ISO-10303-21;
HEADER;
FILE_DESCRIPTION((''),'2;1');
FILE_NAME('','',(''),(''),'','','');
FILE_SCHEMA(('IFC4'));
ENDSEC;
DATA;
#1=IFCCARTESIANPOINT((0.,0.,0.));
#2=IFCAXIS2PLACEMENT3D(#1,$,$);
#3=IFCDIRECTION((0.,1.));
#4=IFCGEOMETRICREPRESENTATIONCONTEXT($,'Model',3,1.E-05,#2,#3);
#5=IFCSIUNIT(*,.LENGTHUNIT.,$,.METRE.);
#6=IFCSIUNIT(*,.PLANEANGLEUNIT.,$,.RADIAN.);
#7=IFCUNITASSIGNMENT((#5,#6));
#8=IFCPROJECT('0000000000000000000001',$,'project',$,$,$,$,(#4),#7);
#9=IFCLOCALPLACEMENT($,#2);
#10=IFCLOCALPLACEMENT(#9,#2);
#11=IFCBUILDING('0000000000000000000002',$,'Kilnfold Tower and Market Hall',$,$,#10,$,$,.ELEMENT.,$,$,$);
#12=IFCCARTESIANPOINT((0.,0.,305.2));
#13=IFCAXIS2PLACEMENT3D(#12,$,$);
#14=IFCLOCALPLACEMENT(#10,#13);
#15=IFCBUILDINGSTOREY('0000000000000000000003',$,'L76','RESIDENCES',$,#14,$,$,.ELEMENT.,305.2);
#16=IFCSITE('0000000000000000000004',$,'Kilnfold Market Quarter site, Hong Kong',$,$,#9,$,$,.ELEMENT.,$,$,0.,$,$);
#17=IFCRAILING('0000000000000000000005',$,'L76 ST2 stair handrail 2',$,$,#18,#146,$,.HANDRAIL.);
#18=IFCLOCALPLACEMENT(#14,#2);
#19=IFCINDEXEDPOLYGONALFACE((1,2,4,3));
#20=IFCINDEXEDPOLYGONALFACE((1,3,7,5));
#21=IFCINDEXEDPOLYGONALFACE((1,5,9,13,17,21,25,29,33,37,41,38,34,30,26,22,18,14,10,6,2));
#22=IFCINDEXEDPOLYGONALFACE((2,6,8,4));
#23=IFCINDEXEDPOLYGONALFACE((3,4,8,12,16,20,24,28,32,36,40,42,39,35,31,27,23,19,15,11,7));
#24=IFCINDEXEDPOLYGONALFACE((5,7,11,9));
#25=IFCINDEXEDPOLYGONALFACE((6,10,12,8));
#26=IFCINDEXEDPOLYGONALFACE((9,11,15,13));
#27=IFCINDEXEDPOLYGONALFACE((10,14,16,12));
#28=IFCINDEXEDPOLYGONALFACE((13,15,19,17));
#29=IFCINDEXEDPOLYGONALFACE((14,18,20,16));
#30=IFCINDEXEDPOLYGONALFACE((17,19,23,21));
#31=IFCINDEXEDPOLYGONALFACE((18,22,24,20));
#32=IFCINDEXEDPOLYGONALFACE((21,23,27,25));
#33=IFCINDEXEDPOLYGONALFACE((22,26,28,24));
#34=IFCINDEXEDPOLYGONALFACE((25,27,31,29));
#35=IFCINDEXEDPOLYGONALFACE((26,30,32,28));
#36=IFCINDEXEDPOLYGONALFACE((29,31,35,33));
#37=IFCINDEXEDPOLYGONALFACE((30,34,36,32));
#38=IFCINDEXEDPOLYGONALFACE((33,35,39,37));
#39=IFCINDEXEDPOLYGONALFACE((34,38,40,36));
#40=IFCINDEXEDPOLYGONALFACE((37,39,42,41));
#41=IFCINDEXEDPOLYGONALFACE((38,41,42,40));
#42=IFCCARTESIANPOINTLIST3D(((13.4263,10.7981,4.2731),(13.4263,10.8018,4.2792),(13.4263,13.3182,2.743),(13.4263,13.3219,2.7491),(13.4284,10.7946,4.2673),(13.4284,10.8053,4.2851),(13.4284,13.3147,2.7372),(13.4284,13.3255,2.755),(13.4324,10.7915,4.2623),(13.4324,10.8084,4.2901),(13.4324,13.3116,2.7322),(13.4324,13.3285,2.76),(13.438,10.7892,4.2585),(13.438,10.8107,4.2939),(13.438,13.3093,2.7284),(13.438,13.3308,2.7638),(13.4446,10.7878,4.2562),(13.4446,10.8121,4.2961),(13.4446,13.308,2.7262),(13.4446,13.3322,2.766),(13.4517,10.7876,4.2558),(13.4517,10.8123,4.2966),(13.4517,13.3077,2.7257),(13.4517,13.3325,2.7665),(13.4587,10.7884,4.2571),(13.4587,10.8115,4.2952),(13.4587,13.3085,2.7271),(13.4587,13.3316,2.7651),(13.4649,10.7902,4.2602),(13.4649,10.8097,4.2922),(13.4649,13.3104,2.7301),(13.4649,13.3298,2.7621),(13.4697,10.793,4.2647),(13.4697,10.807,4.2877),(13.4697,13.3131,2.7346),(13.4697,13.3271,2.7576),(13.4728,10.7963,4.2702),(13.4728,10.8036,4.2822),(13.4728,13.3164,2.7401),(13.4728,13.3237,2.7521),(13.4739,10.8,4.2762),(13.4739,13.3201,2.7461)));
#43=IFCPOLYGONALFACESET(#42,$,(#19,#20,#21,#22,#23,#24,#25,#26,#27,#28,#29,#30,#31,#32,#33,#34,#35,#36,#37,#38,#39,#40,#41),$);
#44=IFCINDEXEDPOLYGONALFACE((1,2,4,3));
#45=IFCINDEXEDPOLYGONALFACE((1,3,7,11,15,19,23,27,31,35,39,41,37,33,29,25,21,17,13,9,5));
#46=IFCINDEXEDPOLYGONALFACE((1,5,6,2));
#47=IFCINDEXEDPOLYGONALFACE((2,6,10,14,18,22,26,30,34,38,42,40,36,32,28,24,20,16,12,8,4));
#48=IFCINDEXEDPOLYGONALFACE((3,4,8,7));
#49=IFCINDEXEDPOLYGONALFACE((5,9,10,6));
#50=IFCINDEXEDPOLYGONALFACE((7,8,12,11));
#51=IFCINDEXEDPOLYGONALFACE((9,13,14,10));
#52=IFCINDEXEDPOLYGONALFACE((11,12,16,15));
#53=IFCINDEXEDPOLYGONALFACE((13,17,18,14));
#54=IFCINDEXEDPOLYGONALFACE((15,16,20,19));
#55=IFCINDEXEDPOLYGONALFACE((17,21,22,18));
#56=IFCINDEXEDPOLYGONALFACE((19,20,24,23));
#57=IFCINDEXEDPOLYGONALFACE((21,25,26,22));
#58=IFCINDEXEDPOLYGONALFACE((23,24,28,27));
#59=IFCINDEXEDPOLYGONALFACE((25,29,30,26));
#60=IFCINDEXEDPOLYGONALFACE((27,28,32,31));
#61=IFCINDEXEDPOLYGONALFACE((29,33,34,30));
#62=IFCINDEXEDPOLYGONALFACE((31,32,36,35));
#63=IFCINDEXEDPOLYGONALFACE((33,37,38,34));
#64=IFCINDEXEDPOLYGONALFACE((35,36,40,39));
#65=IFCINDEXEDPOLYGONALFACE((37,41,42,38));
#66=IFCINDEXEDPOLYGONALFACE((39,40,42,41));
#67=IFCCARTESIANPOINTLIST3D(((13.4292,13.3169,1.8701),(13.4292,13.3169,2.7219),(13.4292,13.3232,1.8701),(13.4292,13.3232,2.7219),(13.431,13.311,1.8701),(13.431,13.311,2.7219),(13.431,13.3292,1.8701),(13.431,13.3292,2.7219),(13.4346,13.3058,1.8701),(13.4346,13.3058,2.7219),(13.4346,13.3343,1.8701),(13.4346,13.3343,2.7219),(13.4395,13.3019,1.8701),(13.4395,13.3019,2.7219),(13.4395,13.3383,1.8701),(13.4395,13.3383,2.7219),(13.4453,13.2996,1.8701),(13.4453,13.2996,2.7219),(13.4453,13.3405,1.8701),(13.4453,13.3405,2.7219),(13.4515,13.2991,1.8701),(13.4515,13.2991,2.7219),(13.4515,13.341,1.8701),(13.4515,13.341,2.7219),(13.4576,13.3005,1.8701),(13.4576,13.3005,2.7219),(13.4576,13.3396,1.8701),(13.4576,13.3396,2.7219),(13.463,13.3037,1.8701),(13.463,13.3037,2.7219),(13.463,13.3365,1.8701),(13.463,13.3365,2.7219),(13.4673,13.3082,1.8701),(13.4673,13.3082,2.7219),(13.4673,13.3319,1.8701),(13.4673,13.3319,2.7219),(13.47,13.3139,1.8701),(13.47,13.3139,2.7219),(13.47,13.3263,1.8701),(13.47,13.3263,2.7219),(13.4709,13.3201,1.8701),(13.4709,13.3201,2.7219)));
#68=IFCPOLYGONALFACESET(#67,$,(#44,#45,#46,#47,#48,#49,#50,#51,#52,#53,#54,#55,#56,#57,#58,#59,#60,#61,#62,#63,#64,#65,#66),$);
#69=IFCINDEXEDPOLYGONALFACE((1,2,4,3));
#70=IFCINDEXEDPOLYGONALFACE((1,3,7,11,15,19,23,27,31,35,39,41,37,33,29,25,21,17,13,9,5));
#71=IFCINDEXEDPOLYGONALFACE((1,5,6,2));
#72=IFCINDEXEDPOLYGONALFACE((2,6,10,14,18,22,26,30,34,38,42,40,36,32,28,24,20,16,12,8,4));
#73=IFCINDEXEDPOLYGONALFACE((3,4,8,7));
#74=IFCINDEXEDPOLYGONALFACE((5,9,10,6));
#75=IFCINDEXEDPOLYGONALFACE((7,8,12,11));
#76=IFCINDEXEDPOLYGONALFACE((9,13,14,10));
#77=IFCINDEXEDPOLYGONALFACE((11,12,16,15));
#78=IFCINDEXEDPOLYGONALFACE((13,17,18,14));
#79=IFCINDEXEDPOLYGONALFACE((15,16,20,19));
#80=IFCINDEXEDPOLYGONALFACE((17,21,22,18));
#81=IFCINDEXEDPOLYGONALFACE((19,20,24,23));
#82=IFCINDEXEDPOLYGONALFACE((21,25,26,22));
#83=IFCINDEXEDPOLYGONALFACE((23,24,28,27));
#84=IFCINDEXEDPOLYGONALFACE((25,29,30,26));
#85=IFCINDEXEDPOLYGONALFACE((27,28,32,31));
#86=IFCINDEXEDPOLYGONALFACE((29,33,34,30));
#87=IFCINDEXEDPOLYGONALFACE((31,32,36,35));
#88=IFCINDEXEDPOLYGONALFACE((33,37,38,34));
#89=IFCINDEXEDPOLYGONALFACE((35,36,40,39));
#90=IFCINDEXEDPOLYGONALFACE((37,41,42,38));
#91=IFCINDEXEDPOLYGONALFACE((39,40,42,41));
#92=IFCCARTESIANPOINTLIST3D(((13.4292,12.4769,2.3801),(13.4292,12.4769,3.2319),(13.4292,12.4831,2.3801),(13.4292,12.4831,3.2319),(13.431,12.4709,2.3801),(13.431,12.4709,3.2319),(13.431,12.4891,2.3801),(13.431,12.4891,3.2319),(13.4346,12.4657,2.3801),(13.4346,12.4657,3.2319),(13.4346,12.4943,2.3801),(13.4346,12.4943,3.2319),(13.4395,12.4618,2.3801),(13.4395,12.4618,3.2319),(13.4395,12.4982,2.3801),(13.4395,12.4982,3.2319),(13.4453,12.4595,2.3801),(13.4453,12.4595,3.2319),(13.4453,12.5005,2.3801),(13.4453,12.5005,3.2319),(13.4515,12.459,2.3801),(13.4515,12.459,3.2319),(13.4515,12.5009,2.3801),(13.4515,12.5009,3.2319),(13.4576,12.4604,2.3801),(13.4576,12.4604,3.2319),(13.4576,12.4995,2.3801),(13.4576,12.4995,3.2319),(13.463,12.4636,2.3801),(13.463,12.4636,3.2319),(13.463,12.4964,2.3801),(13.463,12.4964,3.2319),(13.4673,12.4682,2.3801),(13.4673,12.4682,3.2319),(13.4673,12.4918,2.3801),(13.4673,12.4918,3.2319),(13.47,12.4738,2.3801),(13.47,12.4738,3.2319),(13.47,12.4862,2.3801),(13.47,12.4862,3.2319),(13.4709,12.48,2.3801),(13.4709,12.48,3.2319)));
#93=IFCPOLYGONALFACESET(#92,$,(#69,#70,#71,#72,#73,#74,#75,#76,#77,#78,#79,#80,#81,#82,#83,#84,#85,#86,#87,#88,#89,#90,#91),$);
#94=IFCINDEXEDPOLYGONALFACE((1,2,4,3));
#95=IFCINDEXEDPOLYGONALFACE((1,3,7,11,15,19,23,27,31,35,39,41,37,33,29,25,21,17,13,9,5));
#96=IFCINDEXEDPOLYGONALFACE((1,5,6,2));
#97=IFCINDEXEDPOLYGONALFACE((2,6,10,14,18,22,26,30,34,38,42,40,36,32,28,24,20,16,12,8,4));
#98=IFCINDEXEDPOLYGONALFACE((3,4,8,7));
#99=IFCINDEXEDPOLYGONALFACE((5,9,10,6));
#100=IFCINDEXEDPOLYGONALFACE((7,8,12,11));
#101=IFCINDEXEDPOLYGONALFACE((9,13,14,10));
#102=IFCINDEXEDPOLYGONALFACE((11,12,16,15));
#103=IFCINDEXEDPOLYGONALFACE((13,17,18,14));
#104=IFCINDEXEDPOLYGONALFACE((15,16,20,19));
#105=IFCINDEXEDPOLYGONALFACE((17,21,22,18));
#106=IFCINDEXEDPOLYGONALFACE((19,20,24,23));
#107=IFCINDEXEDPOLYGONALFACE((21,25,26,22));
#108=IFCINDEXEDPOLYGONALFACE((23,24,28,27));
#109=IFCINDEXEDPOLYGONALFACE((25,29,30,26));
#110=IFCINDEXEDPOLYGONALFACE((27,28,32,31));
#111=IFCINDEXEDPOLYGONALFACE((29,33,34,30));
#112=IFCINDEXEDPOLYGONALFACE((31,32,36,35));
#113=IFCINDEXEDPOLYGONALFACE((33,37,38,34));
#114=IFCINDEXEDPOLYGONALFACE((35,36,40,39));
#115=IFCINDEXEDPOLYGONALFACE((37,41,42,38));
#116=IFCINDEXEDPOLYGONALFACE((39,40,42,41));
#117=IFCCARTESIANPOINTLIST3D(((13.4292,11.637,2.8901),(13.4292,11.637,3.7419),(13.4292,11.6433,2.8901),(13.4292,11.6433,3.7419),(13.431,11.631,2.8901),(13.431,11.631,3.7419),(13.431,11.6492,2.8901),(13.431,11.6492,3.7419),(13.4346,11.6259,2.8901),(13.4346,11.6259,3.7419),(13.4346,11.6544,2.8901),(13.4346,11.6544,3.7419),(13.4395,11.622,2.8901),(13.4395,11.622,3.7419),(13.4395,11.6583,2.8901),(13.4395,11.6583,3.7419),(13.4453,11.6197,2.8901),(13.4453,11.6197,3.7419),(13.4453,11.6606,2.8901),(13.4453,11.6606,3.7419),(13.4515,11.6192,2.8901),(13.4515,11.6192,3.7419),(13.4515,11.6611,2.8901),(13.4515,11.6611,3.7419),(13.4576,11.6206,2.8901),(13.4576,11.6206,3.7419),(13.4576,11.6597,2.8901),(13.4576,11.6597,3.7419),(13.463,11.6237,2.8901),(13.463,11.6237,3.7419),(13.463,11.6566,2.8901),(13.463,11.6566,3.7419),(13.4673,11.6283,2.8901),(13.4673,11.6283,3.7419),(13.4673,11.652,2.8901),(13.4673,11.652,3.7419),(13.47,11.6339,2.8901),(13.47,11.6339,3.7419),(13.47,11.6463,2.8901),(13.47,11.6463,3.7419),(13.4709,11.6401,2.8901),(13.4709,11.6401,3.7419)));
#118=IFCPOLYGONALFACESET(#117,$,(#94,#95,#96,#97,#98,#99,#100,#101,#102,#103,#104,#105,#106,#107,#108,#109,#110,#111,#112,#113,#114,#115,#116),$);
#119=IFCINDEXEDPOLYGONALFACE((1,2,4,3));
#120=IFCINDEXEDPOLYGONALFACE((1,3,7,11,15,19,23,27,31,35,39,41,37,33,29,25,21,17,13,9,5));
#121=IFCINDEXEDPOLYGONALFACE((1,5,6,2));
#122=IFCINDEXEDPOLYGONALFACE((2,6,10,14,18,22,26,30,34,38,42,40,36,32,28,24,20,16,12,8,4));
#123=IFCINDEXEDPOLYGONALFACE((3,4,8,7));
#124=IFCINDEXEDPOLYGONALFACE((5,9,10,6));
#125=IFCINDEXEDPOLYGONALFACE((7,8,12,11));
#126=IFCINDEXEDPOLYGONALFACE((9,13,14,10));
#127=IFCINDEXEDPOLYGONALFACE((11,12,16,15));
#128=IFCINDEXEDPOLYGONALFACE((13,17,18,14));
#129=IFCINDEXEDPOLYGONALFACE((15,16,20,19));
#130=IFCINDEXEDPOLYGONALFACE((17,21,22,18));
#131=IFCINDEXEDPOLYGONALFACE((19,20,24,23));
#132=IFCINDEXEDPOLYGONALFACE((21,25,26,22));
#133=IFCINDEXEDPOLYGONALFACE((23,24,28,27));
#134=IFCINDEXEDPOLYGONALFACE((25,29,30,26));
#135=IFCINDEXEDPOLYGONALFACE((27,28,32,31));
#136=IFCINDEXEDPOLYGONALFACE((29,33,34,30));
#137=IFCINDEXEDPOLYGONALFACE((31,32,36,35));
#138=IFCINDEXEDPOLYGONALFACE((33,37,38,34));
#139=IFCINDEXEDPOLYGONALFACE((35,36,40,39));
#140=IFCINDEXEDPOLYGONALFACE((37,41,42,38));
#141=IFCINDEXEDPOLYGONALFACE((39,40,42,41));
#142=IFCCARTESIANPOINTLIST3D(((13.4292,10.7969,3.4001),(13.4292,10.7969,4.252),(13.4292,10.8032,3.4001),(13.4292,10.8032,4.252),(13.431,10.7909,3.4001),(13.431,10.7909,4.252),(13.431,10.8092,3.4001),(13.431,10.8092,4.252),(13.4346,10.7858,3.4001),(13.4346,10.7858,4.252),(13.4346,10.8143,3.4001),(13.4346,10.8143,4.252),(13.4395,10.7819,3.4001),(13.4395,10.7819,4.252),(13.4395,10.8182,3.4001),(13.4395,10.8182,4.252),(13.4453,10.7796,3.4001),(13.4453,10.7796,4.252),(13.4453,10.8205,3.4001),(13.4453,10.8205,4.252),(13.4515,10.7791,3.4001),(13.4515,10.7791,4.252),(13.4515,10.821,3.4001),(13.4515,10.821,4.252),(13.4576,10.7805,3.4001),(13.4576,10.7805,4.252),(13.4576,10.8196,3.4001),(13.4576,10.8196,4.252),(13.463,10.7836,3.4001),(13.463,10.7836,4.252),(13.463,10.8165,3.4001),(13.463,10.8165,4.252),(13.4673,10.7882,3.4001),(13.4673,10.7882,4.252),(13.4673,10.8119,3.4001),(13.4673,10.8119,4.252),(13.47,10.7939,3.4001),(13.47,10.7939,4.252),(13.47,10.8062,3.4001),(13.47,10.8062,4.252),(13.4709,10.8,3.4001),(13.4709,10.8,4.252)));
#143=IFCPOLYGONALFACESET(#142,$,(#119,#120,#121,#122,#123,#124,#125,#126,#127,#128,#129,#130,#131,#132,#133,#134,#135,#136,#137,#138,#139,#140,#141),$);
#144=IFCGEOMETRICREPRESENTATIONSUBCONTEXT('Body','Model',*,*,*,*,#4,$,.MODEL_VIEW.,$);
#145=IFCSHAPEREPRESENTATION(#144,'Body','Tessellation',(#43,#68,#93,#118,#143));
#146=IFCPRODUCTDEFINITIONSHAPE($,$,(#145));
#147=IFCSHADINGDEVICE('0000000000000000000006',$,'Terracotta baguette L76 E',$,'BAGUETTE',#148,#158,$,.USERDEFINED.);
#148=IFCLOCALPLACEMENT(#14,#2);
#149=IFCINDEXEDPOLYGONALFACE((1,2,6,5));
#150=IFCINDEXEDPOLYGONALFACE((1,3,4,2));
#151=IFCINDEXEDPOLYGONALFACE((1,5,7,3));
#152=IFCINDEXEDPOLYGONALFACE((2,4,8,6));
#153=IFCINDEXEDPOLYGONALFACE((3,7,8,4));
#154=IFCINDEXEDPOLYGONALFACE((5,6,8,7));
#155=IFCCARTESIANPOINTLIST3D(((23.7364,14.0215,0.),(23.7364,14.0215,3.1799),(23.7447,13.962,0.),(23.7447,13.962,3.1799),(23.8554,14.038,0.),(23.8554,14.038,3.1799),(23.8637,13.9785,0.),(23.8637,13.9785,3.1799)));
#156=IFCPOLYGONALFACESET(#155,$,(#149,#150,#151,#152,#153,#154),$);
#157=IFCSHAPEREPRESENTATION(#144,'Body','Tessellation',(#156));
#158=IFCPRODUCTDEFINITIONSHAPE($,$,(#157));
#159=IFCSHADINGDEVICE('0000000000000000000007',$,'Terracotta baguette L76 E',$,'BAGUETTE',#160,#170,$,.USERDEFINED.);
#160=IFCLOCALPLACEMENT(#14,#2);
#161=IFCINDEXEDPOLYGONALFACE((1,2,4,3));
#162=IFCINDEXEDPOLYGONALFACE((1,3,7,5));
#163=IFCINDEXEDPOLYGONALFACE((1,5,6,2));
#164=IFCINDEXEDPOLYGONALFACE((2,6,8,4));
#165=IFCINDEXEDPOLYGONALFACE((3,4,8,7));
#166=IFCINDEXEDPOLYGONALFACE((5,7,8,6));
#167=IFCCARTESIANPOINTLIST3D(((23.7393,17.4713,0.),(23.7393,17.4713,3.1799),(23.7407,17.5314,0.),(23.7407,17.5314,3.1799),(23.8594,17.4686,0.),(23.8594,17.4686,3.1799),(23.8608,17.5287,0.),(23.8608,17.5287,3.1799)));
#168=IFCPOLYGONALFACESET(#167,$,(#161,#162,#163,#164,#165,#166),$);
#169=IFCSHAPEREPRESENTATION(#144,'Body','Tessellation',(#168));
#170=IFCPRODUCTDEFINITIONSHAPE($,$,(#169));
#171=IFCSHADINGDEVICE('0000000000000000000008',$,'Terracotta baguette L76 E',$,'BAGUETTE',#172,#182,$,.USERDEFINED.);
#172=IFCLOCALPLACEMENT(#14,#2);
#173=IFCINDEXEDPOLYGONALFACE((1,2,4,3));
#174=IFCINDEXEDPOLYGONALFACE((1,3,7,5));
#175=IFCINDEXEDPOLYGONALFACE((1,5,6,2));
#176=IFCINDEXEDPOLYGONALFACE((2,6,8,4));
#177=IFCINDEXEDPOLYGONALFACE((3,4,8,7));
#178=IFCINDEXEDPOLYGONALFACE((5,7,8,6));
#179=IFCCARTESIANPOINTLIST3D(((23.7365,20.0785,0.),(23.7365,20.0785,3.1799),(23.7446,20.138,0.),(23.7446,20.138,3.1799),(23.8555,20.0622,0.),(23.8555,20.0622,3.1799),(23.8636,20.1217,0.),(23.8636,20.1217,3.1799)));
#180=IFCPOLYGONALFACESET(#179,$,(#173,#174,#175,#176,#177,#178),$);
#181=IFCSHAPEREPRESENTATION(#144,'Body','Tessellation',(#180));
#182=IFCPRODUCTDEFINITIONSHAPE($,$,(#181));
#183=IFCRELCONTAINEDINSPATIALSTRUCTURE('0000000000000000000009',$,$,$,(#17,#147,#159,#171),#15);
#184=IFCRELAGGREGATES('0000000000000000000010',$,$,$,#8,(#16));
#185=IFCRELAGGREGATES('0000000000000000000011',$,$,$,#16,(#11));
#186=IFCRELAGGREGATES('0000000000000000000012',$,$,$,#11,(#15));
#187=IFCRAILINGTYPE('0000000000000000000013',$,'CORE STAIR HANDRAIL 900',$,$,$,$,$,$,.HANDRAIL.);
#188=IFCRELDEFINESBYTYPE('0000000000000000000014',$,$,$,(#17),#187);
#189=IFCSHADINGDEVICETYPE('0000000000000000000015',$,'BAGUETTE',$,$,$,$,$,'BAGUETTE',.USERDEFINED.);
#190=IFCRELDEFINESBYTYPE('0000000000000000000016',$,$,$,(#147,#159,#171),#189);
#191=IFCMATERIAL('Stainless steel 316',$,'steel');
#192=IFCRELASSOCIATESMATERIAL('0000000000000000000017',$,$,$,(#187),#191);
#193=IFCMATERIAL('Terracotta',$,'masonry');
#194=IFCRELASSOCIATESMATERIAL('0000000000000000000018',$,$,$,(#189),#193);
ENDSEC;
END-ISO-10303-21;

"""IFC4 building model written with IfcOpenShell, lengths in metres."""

from ifc_helpers import new_model, si_unit, direction, frame, origin, origin_2d, place, context, subcontext, project, spatial, rectangle, circle, extrude, source, transform, mapped, material, material_profile, profile_set, type_object, element, save


model = new_model("IFC4")

# Units and contexts
model_context = context("Model", 3, precision=1e-05, world=origin(), true_north=direction((0.0, 1.0)))
body_context = subcontext(model_context, "Body", "Model", "MODEL_VIEW")
ifc_project = project(units=[si_unit("LENGTHUNIT", "METRE"), si_unit("PLANEANGLEUNIT", "RADIAN")], contexts=[model_context])

# Site, building, storey
site_placement = place(None, origin())
site = spatial("IfcSite", under=ifc_project, at=site_placement, Name="Kilnfold Market Quarter site, Hong Kong", CompositionType="ELEMENT", RefElevation=0.0)
building_placement = place(site_placement, origin())
building = spatial("IfcBuilding", under=site, at=building_placement, Name="Kilnfold Tower and Market Hall", CompositionType="ELEMENT")
storey_placement = place(building_placement, frame((0.0, 0.0, 305.2)))
storey = spatial("IfcBuildingStorey", under=building, at=storey_placement, Name="L76", Description="RESIDENCES", CompositionType="ELEMENT", Elevation=305.2)

# Railing
ifc_material_1 = material(Name="Stainless steel 316", Category="steel")
railing_type = type_object("IfcRailingType", Name="CORE STAIR HANDRAIL 900", PredefinedType="HANDRAIL", material=ifc_material_1)
railing_placement = place(storey_placement, frame((13.45, 13.3201, 1.8701)))
element("IfcRailing", 1, at=railing_placement, inside=storey, type_object=railing_type, Name="L76 ST2 stair handrail 2", PredefinedType="HANDRAIL", context=body_context, shape_type="SweptSolid", body=[
    extrude(circle(Radius=0.0239, at=origin_2d()), frame((0.0, 0.0, 0.876), z_axis=(0.0, -0.854785, 0.518982), x_axis=(1.0, 0.0, 0.0)), (0.0, 0.0, 1.0), 2.9482),
    extrude(circle(Radius=0.021, at=origin_2d()), origin(), (0.0, 0.0, 1.0), 0.8518),
    extrude(circle(Radius=0.021, at=origin_2d()), frame((0.0, -0.8401, 0.51)), (0.0, 0.0, 1.0), 0.8518),
    extrude(circle(Radius=0.021, at=origin_2d()), frame((0.0, -1.6799, 1.02)), (0.0, 0.0, 1.0), 0.8518),
    extrude(circle(Radius=0.021, at=origin_2d()), frame((0.0, -2.52, 1.53)), (0.0, 0.0, 1.0), 0.8518),
])

# Shading devices
ifc_material_2 = material(Name="Terracotta", Category="masonry")
ifc_material_profile_1 = material_profile(ifc_material_2, rectangle(XDim=0.0601, YDim=0.1201, at=origin_2d()), Name="BAG 60x120")
ifc_profile_set_1 = profile_set([ifc_material_profile_1], Name="Terracotta")
shading_device_type = type_object("IfcShadingDeviceType", Name="BAGUETTE", ElementType="BAGUETTE", PredefinedType="USERDEFINED", material=ifc_profile_set_1)
shared_shape_1 = source(origin(), body_context, "Body", "SweptSolid", [
    extrude(rectangle(XDim=0.0601, YDim=0.1201, at=origin_2d()), origin(), (0.0, 0.0, 1.0), 3.1799),
])
for number, where, z_axis, x_axis, name in (
    (2, (23.8, 14.0, 0.0), (0.0, 0.0, 1.0), (-0.137315, 0.990527, 0.0), "Terracotta baguette L76 E"),
    (3, (23.8, 17.5, 0.0), (0.0, 0.0, 1.0), (0.022815, 0.99974, 0.0), "Terracotta baguette L76 E"),
    (4, (23.8, 20.1001, 0.0), (0.0, 0.0, 1.0), (0.135216, 0.990816, 0.0), "Terracotta baguette L76 E"),
):
    element("IfcShadingDevice", number, at=place(storey_placement, frame(where, z_axis=z_axis, x_axis=x_axis)), inside=storey, type_object=shading_device_type, Name=name, ObjectType="BAGUETTE", PredefinedType="USERDEFINED", context=body_context, shape_type="MappedRepresentation", body=[
        mapped(shared_shape_1, transform((0.0, 0.0, 0.0))),
    ])

save(model, "model.ifc")
